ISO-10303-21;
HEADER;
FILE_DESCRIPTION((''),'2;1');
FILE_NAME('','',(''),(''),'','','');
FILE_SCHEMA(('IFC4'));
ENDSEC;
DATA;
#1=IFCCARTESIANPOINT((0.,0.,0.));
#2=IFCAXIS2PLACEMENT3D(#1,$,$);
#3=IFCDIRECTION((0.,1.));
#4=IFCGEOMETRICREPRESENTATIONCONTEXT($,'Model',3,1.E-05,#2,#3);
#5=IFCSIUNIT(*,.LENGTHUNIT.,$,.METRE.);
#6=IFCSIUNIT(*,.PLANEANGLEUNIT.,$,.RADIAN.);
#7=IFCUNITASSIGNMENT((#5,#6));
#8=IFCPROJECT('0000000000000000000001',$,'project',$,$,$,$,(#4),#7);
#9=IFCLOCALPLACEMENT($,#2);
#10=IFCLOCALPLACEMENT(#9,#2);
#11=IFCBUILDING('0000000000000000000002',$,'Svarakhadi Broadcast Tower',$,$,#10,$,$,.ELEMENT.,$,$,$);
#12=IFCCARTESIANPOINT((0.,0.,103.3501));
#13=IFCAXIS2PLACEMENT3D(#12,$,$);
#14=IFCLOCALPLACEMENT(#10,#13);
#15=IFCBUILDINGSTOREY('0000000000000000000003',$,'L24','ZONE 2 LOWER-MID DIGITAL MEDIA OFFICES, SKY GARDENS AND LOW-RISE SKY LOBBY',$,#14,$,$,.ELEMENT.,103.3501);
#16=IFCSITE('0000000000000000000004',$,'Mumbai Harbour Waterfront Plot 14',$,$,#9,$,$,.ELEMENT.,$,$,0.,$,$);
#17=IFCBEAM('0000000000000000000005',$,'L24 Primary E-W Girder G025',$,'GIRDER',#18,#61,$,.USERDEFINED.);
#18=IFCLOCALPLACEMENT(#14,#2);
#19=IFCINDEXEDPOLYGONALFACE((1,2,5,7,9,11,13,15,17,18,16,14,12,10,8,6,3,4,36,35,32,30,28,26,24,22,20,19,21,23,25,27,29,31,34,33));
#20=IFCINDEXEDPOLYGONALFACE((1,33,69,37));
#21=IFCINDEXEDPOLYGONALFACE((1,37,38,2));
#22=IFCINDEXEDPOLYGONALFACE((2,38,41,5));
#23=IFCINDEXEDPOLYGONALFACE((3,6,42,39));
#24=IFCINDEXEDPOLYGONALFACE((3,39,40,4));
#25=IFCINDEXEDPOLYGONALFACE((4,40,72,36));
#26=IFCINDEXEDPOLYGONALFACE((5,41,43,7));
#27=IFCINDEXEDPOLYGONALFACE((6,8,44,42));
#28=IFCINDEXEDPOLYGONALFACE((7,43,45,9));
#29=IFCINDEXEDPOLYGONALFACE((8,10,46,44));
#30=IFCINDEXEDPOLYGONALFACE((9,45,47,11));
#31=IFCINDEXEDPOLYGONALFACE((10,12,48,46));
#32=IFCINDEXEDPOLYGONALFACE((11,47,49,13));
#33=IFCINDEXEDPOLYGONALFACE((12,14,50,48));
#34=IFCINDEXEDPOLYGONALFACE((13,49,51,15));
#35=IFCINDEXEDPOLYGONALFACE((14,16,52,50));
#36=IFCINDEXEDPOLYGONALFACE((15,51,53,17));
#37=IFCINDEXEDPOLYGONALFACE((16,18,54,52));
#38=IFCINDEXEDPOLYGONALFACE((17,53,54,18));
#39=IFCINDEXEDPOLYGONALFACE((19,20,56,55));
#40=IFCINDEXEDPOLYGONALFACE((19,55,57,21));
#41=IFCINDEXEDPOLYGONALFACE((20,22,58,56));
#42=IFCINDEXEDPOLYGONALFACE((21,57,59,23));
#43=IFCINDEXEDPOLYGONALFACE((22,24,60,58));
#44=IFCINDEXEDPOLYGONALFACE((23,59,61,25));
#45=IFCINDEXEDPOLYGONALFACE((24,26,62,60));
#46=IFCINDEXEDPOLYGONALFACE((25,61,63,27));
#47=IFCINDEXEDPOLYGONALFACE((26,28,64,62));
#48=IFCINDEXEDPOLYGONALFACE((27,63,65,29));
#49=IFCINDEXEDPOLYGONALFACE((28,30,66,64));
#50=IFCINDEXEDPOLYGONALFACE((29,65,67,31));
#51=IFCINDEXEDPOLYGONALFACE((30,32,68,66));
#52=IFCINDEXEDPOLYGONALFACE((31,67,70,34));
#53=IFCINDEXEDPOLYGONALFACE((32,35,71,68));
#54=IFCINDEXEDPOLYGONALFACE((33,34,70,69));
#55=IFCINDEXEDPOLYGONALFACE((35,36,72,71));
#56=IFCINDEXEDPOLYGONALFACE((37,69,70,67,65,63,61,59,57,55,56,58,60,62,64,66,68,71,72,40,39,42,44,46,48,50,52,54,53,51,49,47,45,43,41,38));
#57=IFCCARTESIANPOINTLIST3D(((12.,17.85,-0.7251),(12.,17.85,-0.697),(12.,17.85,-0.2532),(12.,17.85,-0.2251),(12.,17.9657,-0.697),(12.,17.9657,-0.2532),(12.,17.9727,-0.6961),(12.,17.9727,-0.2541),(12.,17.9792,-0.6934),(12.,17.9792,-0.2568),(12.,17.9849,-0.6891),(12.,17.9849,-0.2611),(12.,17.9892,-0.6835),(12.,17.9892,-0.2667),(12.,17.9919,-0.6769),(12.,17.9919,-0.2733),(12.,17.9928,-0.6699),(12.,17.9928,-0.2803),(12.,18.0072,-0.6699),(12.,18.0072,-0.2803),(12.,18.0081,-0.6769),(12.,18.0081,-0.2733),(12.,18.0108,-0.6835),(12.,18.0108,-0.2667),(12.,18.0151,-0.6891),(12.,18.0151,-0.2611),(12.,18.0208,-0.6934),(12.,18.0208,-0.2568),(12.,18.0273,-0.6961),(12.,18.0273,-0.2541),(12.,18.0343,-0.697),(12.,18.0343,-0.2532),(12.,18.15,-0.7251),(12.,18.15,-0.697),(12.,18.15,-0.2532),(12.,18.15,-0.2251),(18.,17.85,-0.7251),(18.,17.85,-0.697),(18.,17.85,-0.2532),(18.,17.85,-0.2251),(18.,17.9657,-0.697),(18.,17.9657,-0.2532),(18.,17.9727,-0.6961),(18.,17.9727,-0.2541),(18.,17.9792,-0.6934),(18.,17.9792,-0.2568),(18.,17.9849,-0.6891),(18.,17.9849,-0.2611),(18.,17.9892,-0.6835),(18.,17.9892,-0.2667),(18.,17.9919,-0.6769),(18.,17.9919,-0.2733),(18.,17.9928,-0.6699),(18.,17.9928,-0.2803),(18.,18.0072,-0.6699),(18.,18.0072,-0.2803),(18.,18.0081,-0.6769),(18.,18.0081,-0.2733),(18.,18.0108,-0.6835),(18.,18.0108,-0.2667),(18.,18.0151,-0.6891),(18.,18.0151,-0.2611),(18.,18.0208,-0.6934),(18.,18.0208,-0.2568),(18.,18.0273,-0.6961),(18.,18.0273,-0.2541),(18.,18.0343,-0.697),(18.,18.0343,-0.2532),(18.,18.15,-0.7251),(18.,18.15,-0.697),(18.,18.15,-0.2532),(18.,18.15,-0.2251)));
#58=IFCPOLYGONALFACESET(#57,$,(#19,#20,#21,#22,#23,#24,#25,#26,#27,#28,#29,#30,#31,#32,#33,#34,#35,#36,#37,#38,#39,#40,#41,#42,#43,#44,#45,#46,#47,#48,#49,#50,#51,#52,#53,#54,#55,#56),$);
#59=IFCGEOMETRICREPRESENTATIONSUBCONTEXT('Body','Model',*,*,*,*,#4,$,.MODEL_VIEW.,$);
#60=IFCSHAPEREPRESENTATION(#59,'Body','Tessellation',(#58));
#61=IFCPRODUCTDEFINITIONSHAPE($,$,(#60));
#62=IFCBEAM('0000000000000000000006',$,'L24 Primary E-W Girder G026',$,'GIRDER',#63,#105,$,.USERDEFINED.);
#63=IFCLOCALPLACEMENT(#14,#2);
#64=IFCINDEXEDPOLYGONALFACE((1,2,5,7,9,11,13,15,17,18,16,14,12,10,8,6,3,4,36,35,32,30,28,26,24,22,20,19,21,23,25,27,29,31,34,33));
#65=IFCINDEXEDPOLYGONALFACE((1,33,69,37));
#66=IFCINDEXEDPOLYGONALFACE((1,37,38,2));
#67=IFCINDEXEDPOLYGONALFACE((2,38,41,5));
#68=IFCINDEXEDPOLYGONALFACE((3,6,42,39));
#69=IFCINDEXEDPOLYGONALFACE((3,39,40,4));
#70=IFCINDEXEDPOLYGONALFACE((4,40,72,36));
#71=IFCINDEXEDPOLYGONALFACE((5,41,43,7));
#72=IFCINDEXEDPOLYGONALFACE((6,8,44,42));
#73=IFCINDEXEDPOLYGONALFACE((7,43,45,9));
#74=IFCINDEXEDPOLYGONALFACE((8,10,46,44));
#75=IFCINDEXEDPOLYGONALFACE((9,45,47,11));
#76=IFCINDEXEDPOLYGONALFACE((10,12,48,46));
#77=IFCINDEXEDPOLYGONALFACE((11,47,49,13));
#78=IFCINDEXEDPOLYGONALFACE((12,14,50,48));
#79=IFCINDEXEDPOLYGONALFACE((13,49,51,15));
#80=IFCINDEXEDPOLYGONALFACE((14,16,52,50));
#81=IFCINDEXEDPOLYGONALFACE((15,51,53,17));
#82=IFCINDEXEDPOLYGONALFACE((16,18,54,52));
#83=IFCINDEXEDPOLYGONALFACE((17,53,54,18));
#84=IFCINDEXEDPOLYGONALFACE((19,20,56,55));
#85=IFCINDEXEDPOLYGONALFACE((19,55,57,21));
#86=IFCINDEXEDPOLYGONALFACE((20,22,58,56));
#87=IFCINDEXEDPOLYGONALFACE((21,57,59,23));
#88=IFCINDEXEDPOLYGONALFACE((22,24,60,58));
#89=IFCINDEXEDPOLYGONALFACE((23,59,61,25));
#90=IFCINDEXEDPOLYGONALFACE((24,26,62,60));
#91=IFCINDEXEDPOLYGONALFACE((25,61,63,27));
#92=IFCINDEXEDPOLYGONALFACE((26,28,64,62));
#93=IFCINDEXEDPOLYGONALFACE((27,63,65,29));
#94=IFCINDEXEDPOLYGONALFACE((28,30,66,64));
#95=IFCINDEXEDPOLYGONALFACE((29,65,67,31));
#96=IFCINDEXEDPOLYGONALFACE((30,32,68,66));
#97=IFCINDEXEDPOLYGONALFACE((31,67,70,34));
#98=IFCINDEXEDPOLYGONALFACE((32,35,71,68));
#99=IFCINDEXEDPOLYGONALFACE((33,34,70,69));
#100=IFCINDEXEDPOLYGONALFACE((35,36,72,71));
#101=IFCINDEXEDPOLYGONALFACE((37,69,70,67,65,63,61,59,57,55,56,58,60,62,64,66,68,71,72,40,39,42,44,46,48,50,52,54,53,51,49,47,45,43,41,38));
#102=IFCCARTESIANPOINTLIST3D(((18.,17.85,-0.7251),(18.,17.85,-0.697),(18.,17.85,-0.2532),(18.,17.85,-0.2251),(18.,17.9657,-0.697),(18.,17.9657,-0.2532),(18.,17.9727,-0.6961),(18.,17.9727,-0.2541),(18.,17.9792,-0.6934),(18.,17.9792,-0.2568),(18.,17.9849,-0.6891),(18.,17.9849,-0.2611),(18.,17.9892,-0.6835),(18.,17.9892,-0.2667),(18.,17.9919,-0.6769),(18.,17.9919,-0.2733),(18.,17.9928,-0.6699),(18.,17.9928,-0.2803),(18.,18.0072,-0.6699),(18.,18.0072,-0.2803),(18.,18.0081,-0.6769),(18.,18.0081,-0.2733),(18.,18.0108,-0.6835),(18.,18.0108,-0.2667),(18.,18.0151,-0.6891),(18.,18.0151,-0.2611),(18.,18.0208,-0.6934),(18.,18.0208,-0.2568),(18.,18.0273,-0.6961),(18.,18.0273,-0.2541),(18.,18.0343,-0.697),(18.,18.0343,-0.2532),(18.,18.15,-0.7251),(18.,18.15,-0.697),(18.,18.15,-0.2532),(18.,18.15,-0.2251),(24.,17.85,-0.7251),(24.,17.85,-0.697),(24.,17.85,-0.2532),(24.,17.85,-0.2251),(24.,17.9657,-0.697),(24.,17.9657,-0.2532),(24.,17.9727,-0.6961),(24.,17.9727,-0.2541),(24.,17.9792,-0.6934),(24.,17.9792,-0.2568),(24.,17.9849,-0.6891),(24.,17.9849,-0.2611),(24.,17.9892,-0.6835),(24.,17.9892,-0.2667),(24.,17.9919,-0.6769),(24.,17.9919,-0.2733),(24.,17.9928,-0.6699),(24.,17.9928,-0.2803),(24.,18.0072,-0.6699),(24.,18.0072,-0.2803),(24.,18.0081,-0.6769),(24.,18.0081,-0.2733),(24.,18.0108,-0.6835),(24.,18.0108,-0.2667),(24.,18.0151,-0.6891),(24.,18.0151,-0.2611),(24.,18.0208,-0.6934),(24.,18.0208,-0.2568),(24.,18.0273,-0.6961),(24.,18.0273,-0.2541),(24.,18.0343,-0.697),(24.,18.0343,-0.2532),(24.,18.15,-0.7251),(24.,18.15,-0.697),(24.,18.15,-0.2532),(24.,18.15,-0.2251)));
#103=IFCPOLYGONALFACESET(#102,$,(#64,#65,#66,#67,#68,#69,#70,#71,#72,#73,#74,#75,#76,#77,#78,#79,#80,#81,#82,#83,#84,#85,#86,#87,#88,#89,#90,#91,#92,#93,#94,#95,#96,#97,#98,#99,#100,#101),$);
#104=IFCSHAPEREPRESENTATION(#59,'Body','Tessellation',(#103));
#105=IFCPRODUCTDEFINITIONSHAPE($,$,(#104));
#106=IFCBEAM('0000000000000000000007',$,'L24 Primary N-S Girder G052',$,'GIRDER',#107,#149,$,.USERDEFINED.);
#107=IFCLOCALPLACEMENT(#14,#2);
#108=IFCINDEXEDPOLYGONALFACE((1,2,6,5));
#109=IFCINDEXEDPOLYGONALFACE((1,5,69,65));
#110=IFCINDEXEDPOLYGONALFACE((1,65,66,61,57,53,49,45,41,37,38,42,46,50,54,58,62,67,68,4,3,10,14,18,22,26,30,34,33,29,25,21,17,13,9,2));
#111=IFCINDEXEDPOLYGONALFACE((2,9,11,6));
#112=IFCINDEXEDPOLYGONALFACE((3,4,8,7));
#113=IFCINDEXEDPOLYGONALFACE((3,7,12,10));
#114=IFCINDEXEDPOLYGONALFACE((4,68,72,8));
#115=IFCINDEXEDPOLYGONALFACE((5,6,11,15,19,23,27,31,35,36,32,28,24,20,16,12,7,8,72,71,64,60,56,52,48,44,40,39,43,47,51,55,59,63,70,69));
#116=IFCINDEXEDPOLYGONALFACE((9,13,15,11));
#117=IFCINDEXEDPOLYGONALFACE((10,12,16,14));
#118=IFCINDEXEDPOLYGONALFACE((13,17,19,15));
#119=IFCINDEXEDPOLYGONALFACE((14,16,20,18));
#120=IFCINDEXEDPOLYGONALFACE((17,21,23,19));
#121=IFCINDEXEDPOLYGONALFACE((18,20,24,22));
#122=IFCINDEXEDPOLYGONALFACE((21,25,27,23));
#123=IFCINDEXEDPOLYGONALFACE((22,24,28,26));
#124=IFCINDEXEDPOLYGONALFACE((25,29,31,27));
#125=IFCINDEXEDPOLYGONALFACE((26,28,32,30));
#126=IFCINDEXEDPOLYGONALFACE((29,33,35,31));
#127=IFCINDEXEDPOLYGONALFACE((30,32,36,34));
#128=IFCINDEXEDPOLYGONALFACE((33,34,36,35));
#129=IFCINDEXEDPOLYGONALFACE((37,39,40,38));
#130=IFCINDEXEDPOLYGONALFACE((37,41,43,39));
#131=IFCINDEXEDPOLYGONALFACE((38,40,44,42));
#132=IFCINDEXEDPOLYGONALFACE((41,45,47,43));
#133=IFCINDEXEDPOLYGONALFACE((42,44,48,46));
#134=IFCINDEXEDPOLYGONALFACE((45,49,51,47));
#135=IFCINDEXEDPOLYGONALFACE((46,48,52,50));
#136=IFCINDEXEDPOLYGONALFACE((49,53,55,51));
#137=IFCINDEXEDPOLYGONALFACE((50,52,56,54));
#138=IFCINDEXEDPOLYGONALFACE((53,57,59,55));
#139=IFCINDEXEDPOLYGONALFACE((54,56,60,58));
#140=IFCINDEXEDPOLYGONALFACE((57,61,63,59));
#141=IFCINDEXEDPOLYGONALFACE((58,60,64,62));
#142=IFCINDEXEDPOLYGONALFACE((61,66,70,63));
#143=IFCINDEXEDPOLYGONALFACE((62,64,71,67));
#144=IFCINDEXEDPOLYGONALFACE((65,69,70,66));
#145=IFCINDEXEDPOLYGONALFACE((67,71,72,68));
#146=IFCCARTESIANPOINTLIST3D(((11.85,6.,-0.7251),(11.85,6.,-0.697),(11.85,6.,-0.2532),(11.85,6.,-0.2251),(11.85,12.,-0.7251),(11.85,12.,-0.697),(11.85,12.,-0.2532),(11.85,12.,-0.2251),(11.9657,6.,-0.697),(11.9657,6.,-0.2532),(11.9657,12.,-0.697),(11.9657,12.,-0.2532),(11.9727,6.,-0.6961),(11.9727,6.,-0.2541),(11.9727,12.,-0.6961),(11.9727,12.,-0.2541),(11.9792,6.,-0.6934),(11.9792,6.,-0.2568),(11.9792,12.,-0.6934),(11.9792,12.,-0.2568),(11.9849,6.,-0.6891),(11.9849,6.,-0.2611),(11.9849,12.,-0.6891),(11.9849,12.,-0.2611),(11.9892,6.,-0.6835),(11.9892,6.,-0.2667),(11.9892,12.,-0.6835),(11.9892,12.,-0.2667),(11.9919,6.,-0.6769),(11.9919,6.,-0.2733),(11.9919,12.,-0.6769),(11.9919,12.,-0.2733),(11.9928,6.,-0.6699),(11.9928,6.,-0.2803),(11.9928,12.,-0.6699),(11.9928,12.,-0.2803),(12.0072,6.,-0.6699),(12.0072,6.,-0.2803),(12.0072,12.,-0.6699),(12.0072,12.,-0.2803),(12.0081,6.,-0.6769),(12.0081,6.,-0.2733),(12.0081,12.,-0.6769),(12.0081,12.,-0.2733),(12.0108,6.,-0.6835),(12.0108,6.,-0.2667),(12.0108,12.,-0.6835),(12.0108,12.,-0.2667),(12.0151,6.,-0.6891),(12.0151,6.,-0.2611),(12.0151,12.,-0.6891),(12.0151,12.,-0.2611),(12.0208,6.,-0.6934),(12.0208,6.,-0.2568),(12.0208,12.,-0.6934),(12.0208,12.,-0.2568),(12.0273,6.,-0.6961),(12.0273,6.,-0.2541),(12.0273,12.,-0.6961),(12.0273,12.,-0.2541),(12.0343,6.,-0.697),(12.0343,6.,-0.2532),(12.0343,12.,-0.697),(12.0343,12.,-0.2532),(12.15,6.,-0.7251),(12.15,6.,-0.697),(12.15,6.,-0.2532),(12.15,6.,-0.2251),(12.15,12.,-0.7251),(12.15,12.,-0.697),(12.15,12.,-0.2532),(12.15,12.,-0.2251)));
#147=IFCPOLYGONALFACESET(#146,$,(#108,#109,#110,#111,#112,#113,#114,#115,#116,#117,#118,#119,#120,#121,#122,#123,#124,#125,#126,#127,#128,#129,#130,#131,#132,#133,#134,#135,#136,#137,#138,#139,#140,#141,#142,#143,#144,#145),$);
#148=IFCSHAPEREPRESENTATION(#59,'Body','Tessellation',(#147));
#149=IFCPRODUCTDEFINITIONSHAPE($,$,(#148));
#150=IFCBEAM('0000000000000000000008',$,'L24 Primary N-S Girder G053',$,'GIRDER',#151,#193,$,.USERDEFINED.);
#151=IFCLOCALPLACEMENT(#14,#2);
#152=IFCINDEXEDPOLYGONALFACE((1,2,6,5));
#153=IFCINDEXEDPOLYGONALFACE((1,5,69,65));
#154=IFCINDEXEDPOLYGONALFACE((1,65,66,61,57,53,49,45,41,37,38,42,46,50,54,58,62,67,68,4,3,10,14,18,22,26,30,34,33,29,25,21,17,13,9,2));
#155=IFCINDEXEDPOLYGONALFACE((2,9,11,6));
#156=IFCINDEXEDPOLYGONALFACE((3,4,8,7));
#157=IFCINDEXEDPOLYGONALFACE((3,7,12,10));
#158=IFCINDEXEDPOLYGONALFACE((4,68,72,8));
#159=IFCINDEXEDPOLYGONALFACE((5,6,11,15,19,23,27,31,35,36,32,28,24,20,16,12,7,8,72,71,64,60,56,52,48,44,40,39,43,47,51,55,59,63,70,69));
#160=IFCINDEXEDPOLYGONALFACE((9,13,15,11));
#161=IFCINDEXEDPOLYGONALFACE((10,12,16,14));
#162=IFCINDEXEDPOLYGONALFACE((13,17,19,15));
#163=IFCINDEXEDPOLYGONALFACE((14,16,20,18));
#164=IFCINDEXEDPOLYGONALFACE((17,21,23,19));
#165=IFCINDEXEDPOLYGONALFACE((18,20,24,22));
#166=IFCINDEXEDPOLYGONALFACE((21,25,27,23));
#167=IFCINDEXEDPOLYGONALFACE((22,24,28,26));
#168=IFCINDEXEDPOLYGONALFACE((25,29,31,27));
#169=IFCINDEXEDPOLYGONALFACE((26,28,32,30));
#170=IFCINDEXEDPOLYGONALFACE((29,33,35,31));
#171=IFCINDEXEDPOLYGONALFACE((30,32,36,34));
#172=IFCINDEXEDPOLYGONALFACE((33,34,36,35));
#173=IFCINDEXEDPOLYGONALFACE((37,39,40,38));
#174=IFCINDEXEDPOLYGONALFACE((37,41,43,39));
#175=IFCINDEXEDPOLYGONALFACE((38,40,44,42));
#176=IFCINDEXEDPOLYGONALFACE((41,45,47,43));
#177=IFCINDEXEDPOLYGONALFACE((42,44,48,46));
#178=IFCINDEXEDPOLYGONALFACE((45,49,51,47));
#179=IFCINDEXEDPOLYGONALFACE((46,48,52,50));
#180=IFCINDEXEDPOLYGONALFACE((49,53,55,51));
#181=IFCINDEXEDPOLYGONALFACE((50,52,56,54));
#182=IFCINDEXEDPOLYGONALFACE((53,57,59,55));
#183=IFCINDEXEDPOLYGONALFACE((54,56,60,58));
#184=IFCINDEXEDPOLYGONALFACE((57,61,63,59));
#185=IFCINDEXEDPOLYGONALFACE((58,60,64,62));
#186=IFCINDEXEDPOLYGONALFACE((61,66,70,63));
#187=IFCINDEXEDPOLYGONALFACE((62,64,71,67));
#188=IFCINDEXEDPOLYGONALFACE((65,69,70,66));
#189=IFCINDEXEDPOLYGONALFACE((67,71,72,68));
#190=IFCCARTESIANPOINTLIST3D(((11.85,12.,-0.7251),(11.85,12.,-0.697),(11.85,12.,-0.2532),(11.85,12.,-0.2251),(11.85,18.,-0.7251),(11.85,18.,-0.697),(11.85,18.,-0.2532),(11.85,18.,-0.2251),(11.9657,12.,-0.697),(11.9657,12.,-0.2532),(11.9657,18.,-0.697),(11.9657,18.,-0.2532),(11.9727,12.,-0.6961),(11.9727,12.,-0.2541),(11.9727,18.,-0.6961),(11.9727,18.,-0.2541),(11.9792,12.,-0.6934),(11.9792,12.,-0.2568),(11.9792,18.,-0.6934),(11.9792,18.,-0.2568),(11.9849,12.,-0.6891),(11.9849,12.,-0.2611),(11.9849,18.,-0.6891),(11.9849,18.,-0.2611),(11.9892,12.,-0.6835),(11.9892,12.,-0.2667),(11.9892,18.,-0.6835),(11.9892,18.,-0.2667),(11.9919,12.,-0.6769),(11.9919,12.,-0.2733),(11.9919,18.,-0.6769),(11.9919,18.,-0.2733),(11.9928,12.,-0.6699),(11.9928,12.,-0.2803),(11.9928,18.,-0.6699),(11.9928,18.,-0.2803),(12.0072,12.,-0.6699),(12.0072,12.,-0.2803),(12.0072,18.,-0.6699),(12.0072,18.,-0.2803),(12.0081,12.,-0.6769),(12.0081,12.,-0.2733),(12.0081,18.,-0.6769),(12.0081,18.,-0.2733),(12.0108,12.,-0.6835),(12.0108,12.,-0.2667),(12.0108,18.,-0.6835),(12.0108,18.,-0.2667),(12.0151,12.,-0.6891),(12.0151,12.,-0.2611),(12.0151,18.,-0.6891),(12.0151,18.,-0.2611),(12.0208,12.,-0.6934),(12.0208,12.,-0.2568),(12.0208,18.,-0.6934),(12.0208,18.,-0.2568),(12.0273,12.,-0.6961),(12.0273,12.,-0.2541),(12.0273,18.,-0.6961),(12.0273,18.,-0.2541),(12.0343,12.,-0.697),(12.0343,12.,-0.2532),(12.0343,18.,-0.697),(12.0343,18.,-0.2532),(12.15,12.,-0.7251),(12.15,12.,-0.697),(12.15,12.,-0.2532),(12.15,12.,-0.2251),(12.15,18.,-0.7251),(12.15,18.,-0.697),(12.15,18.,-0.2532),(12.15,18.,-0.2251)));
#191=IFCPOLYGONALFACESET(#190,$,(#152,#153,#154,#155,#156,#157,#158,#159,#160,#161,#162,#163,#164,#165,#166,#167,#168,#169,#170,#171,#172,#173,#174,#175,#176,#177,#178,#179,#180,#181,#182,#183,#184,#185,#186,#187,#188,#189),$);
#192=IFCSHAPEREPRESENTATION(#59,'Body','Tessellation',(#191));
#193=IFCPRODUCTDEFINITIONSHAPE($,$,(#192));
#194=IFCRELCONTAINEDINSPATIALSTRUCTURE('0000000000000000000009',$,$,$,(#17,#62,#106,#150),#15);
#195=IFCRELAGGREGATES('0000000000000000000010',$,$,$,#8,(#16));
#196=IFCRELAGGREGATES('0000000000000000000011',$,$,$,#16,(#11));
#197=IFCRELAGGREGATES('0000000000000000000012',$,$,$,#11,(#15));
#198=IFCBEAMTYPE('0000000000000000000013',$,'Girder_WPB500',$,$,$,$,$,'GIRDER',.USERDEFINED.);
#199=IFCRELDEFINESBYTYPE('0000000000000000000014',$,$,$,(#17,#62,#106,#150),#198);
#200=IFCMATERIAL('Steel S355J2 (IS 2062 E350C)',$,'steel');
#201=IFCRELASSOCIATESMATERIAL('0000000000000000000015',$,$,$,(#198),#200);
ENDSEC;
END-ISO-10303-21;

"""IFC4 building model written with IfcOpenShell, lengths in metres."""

from ifc_helpers import new_model, si_unit, direction, frame, origin, origin_2d, place, context, subcontext, project, spatial, i_section, extrude, material, material_profile, profile_set, type_object, element, save


model = new_model("IFC4")

# Units and contexts
model_context = context("Model", 3, precision=1e-05, world=origin(), true_north=direction((0.0, 1.0)))
body_context = subcontext(model_context, "Body", "Model", "MODEL_VIEW")
ifc_project = project(units=[si_unit("LENGTHUNIT", "METRE"), si_unit("PLANEANGLEUNIT", "RADIAN")], contexts=[model_context])

# Site, building, storey
site_placement = place(None, origin())
site = spatial("IfcSite", under=ifc_project, at=site_placement, Name="Mumbai Harbour Waterfront Plot 14", CompositionType="ELEMENT", RefElevation=0.0)
building_placement = place(site_placement, origin())
building = spatial("IfcBuilding", under=site, at=building_placement, Name="Svarakhadi Broadcast Tower", CompositionType="ELEMENT")
storey_placement = place(building_placement, frame((0.0, 0.0, 103.3501)))
storey = spatial("IfcBuildingStorey", under=building, at=storey_placement, Name="L24", Description="ZONE 2 LOWER-MID DIGITAL MEDIA OFFICES, SKY GARDENS AND LOW-RISE SKY LOBBY", CompositionType="ELEMENT", Elevation=103.3501)

# Beams
ifc_material_1 = material(Name="Steel S355J2 (IS 2062 E350C)", Category="steel")
ifc_material_profile_1 = material_profile(ifc_material_1, i_section(OverallWidth=0.3, OverallDepth=0.5, WebThickness=0.0144, FlangeThickness=0.0281, FilletRadius=0.0271, at=origin_2d()), Name="WPB 500x300x187")
ifc_profile_set_1 = profile_set([ifc_material_profile_1], Name="Steel S355J2 (IS 2062 E350C)")
beam_type_1 = type_object("IfcBeamType", Name="Girder_WPB500", ElementType="GIRDER", PredefinedType="USERDEFINED", material=ifc_profile_set_1)
for number, where, z_axis, x_axis, name in (
    (1, (12.0, 18.0, -0.4751), (1.0, 0.0, 0.0), (0.0, 1.0, 0.0), "L24 Primary E-W Girder G025"),
    (2, (18.0, 18.0, -0.4751), (1.0, 0.0, 0.0), (0.0, 1.0, 0.0), "L24 Primary E-W Girder G026"),
    (3, (12.0, 6.0, -0.4751), (0.0, 1.0, 0.0), (-1.0, 0.0, 0.0), "L24 Primary N-S Girder G052"),
    (4, (12.0, 12.0, -0.4751), (0.0, 1.0, 0.0), (-1.0, 0.0, 0.0), "L24 Primary N-S Girder G053"),
):
    element("IfcBeam", number, at=place(storey_placement, frame(where, z_axis=z_axis, x_axis=x_axis)), inside=storey, type_object=beam_type_1, Name=name, ObjectType="GIRDER", PredefinedType="USERDEFINED", context=body_context, shape_type="SweptSolid", body=[
        extrude(i_section(OverallWidth=0.3, OverallDepth=0.5, WebThickness=0.0144, FlangeThickness=0.0281, FilletRadius=0.0271, at=origin_2d()), origin(), (0.0, 0.0, 1.0), 6.0),
    ])

save(model, "model.ifc")
